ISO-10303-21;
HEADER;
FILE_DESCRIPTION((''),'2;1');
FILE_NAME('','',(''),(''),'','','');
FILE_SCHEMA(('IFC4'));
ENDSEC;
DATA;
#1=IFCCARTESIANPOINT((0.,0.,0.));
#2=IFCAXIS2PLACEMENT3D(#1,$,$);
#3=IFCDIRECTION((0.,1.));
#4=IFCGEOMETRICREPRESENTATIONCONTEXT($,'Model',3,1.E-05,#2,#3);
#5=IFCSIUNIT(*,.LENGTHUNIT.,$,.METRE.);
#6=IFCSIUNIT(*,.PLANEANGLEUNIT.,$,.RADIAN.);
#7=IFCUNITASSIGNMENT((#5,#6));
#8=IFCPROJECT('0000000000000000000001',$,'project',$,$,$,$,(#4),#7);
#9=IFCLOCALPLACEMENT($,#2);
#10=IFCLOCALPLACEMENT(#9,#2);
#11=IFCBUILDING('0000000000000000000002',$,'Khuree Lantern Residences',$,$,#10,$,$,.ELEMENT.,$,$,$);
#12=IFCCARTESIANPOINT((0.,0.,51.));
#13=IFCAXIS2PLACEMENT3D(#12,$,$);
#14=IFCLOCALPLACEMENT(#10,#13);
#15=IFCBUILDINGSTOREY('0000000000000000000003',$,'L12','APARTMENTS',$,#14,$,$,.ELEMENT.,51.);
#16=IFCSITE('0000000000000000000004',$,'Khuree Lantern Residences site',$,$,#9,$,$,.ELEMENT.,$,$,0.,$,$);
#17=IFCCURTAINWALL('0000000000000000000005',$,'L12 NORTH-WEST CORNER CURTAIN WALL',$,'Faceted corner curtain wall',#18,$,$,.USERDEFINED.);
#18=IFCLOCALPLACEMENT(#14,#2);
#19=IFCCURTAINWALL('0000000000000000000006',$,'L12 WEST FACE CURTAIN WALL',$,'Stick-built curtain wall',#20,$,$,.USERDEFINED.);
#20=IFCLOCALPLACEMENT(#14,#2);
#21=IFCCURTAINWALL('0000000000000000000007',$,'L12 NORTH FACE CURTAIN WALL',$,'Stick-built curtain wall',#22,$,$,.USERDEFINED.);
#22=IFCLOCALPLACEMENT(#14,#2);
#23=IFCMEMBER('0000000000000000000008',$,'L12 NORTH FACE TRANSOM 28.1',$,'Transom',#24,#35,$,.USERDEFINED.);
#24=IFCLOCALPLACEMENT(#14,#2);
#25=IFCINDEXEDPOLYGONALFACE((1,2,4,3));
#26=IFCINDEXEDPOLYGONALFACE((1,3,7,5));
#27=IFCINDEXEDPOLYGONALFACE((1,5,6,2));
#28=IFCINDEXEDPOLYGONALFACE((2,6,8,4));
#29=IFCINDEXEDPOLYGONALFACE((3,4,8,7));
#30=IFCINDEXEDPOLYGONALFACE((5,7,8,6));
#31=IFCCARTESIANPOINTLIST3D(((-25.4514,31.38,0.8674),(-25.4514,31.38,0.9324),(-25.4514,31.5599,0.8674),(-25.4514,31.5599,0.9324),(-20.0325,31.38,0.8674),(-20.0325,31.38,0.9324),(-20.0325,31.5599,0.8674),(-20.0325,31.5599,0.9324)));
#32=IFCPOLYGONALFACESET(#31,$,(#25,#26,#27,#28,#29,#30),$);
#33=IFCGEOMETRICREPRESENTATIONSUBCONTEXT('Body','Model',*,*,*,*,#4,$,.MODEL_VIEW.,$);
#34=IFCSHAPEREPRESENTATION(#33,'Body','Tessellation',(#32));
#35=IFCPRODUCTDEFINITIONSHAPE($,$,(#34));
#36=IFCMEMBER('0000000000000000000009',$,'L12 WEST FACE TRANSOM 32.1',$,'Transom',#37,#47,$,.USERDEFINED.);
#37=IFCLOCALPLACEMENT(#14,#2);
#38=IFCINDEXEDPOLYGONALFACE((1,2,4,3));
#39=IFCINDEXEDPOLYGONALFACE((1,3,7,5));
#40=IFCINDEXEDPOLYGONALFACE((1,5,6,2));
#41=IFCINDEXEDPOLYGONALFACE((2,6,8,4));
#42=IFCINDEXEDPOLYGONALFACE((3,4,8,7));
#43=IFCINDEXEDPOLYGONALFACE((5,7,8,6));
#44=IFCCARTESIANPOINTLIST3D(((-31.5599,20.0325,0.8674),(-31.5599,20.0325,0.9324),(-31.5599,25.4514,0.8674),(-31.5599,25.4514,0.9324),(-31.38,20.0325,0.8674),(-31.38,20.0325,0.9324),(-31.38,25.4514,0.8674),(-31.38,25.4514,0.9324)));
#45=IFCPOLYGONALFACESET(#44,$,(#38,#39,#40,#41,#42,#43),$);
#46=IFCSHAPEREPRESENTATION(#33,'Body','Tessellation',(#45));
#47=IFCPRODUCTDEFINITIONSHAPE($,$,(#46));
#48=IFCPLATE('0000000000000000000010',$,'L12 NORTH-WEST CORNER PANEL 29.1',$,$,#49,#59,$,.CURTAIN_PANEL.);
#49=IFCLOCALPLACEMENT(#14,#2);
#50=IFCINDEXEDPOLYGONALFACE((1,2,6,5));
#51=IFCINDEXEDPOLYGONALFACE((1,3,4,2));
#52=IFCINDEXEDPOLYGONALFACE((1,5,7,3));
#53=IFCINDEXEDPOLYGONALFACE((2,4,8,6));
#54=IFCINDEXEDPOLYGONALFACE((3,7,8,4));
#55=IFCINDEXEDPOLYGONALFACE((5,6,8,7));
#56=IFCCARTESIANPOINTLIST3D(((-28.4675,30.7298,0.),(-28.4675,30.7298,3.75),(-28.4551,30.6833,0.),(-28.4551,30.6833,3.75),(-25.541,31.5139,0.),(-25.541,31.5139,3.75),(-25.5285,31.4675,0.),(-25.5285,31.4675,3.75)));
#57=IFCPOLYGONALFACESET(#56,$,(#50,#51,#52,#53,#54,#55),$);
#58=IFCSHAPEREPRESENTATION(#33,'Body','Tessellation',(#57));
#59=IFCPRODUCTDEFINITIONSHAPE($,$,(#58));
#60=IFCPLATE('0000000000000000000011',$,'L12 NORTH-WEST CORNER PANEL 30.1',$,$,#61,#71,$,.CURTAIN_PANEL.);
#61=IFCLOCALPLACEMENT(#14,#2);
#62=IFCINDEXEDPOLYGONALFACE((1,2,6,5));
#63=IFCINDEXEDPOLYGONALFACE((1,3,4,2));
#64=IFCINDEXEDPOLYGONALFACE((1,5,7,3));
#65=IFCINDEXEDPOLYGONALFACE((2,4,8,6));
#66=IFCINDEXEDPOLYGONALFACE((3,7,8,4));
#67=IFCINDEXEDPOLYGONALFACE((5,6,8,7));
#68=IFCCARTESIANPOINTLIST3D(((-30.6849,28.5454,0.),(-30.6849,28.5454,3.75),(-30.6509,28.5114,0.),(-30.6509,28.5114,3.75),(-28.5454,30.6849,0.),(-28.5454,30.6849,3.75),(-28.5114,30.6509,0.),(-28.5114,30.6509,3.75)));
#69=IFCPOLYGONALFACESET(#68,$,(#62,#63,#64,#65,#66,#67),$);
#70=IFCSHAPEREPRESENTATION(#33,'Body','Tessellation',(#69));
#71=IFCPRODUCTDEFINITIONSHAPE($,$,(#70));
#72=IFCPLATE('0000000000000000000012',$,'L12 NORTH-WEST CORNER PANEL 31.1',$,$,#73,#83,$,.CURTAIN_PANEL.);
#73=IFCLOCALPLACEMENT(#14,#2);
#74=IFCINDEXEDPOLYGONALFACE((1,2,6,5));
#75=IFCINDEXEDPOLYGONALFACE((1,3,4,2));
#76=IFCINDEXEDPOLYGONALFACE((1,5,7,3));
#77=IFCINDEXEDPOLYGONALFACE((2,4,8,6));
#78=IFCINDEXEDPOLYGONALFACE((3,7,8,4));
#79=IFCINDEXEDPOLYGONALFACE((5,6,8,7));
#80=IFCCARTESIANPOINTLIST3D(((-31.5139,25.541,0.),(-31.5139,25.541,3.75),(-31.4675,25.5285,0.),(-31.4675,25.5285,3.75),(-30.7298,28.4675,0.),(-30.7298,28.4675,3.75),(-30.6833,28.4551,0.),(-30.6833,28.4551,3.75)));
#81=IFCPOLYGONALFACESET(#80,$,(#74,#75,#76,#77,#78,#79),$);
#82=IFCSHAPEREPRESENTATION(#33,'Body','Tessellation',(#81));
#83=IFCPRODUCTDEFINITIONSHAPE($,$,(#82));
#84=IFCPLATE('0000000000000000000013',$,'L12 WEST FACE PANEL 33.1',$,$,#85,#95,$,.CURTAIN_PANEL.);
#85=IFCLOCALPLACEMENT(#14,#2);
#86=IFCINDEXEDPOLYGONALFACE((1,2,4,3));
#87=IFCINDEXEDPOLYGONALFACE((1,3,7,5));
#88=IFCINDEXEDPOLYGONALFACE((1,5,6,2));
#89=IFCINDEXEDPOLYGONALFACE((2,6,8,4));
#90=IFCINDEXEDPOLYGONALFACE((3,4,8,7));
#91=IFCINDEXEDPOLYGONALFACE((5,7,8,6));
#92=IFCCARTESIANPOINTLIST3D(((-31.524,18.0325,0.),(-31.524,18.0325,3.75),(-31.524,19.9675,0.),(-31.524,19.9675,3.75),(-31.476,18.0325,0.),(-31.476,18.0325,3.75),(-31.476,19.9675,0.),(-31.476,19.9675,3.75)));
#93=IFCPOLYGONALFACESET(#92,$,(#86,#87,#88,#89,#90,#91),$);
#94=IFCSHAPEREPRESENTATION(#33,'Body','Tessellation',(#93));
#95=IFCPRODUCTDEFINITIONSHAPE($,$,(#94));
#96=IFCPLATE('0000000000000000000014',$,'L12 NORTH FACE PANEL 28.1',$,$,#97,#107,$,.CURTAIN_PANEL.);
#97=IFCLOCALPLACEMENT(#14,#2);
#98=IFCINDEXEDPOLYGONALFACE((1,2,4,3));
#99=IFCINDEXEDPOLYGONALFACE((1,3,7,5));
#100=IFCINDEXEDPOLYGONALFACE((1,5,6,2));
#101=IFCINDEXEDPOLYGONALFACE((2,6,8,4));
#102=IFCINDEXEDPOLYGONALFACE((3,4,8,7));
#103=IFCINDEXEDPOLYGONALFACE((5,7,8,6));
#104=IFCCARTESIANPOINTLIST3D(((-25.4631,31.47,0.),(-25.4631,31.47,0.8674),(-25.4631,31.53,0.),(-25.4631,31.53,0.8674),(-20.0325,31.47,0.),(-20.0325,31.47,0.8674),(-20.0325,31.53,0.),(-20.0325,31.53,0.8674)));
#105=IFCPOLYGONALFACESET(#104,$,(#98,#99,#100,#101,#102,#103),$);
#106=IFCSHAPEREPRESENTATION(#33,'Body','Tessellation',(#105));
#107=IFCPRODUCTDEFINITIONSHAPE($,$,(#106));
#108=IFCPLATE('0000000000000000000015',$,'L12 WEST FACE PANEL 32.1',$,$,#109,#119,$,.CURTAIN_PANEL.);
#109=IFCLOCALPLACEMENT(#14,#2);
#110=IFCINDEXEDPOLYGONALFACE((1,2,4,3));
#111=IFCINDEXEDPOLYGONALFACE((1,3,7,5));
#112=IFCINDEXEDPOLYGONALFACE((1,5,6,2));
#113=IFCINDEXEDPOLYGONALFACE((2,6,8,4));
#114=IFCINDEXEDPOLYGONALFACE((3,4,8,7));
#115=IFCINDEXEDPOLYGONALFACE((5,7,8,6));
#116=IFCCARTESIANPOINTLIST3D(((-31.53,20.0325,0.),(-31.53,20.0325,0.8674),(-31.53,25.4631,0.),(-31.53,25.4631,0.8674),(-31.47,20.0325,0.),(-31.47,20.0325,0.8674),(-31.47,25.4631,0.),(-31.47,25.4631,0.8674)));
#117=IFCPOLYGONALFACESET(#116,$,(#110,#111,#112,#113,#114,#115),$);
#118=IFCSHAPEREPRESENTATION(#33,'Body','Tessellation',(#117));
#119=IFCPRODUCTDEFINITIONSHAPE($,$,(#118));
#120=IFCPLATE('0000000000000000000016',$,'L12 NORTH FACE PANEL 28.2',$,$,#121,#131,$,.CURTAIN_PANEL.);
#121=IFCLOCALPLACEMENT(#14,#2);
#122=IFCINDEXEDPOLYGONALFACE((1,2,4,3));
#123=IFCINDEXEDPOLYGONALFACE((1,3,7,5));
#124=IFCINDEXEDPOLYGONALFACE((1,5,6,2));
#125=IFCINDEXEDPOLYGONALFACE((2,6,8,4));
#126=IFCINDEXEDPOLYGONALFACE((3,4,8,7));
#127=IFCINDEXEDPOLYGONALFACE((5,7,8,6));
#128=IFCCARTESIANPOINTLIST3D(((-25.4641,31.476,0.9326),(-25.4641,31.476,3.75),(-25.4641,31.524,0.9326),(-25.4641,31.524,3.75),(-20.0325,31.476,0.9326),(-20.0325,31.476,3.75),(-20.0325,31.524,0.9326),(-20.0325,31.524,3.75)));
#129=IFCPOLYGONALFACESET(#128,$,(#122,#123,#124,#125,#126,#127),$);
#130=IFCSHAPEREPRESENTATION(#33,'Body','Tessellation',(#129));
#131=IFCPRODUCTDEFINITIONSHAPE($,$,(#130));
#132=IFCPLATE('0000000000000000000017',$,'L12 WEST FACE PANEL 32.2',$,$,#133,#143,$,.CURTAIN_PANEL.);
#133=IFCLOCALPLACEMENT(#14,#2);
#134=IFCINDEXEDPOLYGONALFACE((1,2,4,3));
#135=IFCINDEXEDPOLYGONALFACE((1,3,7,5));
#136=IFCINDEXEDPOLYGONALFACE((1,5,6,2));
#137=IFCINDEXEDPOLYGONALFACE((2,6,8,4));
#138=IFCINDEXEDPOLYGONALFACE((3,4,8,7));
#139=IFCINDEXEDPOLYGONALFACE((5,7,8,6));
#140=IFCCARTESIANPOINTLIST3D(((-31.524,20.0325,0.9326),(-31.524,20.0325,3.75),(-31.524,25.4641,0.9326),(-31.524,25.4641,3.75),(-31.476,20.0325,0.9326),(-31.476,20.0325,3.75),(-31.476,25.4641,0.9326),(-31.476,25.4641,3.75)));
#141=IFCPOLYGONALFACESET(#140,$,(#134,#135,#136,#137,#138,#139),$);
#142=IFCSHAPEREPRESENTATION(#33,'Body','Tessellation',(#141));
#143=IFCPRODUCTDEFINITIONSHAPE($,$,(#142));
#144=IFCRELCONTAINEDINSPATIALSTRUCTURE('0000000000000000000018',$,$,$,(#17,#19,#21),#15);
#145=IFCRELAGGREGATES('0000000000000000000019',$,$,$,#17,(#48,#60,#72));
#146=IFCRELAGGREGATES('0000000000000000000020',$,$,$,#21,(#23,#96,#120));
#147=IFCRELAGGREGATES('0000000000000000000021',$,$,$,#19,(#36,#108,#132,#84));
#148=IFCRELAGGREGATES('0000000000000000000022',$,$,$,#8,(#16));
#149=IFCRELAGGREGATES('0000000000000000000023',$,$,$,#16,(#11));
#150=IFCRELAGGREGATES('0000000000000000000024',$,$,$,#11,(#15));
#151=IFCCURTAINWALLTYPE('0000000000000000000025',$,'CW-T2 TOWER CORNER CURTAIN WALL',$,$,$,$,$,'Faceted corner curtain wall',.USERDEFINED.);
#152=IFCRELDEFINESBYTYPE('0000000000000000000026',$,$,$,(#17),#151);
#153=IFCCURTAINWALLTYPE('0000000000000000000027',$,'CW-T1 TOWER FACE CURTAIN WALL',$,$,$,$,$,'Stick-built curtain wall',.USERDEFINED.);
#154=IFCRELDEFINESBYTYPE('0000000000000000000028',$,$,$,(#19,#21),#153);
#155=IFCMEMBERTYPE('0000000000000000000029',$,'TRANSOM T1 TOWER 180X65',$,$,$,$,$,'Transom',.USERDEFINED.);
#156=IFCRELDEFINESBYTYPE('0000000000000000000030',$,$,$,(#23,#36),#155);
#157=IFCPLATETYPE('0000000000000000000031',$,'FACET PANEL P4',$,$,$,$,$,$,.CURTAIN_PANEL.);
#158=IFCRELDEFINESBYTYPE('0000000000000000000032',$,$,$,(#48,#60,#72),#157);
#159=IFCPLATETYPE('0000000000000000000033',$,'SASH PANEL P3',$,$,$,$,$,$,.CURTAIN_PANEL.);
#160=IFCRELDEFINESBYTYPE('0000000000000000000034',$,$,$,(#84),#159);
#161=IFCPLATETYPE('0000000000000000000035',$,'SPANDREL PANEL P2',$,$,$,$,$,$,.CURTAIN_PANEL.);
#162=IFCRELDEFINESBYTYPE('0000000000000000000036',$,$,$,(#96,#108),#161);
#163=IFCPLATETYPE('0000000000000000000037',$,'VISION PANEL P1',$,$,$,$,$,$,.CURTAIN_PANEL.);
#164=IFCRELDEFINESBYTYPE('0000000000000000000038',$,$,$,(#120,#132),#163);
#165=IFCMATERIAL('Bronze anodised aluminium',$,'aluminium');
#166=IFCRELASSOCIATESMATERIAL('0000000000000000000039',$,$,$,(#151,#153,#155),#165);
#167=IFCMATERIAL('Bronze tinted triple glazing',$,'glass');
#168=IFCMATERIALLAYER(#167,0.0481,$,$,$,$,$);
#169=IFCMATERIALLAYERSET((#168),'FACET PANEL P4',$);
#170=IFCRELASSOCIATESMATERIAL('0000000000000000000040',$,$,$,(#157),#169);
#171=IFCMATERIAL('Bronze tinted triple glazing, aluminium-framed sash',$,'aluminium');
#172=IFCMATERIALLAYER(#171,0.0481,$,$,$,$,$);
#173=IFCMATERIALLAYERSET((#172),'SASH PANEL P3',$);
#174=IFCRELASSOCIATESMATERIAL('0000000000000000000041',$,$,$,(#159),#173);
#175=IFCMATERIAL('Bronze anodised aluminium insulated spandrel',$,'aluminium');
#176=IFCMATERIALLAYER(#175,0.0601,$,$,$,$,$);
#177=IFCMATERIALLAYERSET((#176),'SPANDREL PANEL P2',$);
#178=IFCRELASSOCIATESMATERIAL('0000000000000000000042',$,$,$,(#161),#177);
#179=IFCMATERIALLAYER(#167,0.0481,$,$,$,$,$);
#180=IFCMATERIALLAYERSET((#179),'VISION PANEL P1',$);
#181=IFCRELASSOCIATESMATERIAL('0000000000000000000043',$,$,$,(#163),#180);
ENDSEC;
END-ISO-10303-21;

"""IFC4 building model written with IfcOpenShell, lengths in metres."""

from ifc_helpers import new_model, si_unit, direction, frame, origin, origin_2d, place, context, subcontext, project, spatial, rectangle, extrude, material, layer, layer_set, material_profile, profile_set, type_object, element, aggregate, save


model = new_model("IFC4")

# Units and contexts
model_context = context("Model", 3, precision=1e-05, world=origin(), true_north=direction((0.0, 1.0)))
body_context = subcontext(model_context, "Body", "Model", "MODEL_VIEW")
ifc_project = project(units=[si_unit("LENGTHUNIT", "METRE"), si_unit("PLANEANGLEUNIT", "RADIAN")], contexts=[model_context])

# Site, building, storey
site_placement = place(None, origin())
site = spatial("IfcSite", under=ifc_project, at=site_placement, Name="Khuree Lantern Residences site", CompositionType="ELEMENT", RefElevation=0.0)
building_placement = place(site_placement, origin())
building = spatial("IfcBuilding", under=site, at=building_placement, Name="Khuree Lantern Residences", CompositionType="ELEMENT")
storey_placement = place(building_placement, frame((0.0, 0.0, 51.0)))
storey = spatial("IfcBuildingStorey", under=building, at=storey_placement, Name="L12", Description="APARTMENTS", CompositionType="ELEMENT", Elevation=51.0)

# Curtain wall
ifc_material_1 = material(Name="Bronze anodised aluminium", Category="aluminium")
curtain_wall_type_1 = type_object("IfcCurtainWallType", Name="CW-T2 TOWER CORNER CURTAIN WALL", ElementType="Faceted corner curtain wall", PredefinedType="USERDEFINED", material=ifc_material_1)
curtain_wall_1_placement = place(storey_placement, origin())
curtain_wall_1 = element("IfcCurtainWall", 1, at=curtain_wall_1_placement, inside=storey, type_object=curtain_wall_type_1, Name="L12 NORTH-WEST CORNER CURTAIN WALL", ObjectType="Faceted corner curtain wall", PredefinedType="USERDEFINED")

# Curtain wall
curtain_wall_type_2 = type_object("IfcCurtainWallType", Name="CW-T1 TOWER FACE CURTAIN WALL", ElementType="Stick-built curtain wall", PredefinedType="USERDEFINED", material=ifc_material_1)
curtain_wall_2_placement = place(storey_placement, origin())
curtain_wall_2 = element("IfcCurtainWall", 2, at=curtain_wall_2_placement, inside=storey, type_object=curtain_wall_type_2, Name="L12 WEST FACE CURTAIN WALL", ObjectType="Stick-built curtain wall", PredefinedType="USERDEFINED")

# Curtain wall, member
curtain_wall_3_placement = place(storey_placement, origin())
curtain_wall_3 = element("IfcCurtainWall", 3, at=curtain_wall_3_placement, inside=storey, type_object=curtain_wall_type_2, Name="L12 NORTH FACE CURTAIN WALL", ObjectType="Stick-built curtain wall", PredefinedType="USERDEFINED")
ifc_material_profile_1 = material_profile(ifc_material_1, rectangle(XDim=0.1799, YDim=0.0649, at=origin_2d()), Name="T1 180X65")
ifc_profile_set_1 = profile_set([ifc_material_profile_1], Name="Bronze anodised aluminium")
member_type_1 = type_object("IfcMemberType", Name="TRANSOM T1 TOWER 180X65", ElementType="Transom", PredefinedType="USERDEFINED", material=ifc_profile_set_1)
member_1_placement = place(storey_placement, frame((-20.0325, 31.47, 0.8999), z_axis=(-1.0, 0.0, 0.0), x_axis=(0.0, -1.0, 0.0)))
member_1 = element("IfcMember", 4, at=member_1_placement, type_object=member_type_1, Name="L12 NORTH FACE TRANSOM 28.1", ObjectType="Transom", PredefinedType="USERDEFINED", context=body_context, shape_type="SweptSolid", body=[
    extrude(rectangle(XDim=0.1799, YDim=0.0649, at=origin_2d()), origin(), (0.0, 0.0, 1.0), 5.4189),
])

# Member
member_2_placement = place(storey_placement, frame((-31.47, 25.4514, 0.8999), z_axis=(0.0, -1.0, 0.0), x_axis=(1.0, 0.0, 0.0)))
member_2 = element("IfcMember", 5, at=member_2_placement, type_object=member_type_1, Name="L12 WEST FACE TRANSOM 32.1", ObjectType="Transom", PredefinedType="USERDEFINED", context=body_context, shape_type="SweptSolid", body=[
    extrude(rectangle(XDim=0.1799, YDim=0.0649, at=origin_2d()), origin(), (0.0, 0.0, 1.0), 5.4189),
])

# Plates
ifc_material_2 = material(Name="Bronze tinted triple glazing", Category="glass")
ifc_layer_1 = layer(ifc_material_2, 0.0481)
ifc_layer_set_1 = layer_set([ifc_layer_1], Name="FACET PANEL P4")
plate_type_1 = type_object("IfcPlateType", Name="FACET PANEL P4", PredefinedType="CURTAIN_PANEL", material=ifc_layer_set_1)
plate_1_placement = place(storey_placement, frame((-26.998, 31.0986, 0.0), z_axis=(0.0, 0.0, 1.0), x_axis=(-0.965926, -0.258819, 0.0)))
plate_1 = element("IfcPlate", 6, at=plate_1_placement, type_object=plate_type_1, Name="L12 NORTH-WEST CORNER PANEL 29.1", PredefinedType="CURTAIN_PANEL", context=body_context, shape_type="SweptSolid", body=[
    extrude(rectangle(XDim=3.0298, YDim=0.0481, at=origin_2d()), origin(), (0.0, 0.0, 1.0), 3.75),
])
plate_2_placement = place(storey_placement, frame((-29.5981, 29.5981, 0.0), z_axis=(0.0, 0.0, 1.0), x_axis=(-0.707107, -0.707107, 0.0)))
plate_2 = element("IfcPlate", 7, at=plate_2_placement, type_object=plate_type_1, Name="L12 NORTH-WEST CORNER PANEL 30.1", PredefinedType="CURTAIN_PANEL", context=body_context, shape_type="SweptSolid", body=[
    extrude(rectangle(XDim=3.0256, YDim=0.0481, at=origin_2d()), origin(), (0.0, 0.0, 1.0), 3.75),
])
plate_3_placement = place(storey_placement, frame((-31.0986, 26.998, 0.0), z_axis=(0.0, 0.0, 1.0), x_axis=(-0.258819, -0.965926, 0.0)))
plate_3 = element("IfcPlate", 8, at=plate_3_placement, type_object=plate_type_1, Name="L12 NORTH-WEST CORNER PANEL 31.1", PredefinedType="CURTAIN_PANEL", context=body_context, shape_type="SweptSolid", body=[
    extrude(rectangle(XDim=3.0298, YDim=0.0481, at=origin_2d()), origin(), (0.0, 0.0, 1.0), 3.75),
])
aggregate(curtain_wall_1, [plate_1, plate_2, plate_3])
ifc_material_3 = material(Name="Bronze tinted triple glazing, aluminium-framed sash", Category="aluminium")
ifc_layer_2 = layer(ifc_material_3, 0.0481)
ifc_layer_set_2 = layer_set([ifc_layer_2], Name="SASH PANEL P3")
plate_type_2 = type_object("IfcPlateType", Name="SASH PANEL P3", PredefinedType="CURTAIN_PANEL", material=ifc_layer_set_2)
plate_4_placement = place(storey_placement, frame((-31.5, 19.0, 0.0), z_axis=(0.0, 0.0, 1.0), x_axis=(0.0, -1.0, 0.0)))
plate_4 = element("IfcPlate", 9, at=plate_4_placement, type_object=plate_type_2, Name="L12 WEST FACE PANEL 33.1", PredefinedType="CURTAIN_PANEL", context=body_context, shape_type="SweptSolid", body=[
    extrude(rectangle(XDim=1.9351, YDim=0.0481, at=origin_2d()), origin(), (0.0, 0.0, 1.0), 3.75),
])
ifc_material_4 = material(Name="Bronze anodised aluminium insulated spandrel", Category="aluminium")
ifc_layer_3 = layer(ifc_material_4, 0.0601)
ifc_layer_set_3 = layer_set([ifc_layer_3], Name="SPANDREL PANEL P2")
plate_type_3 = type_object("IfcPlateType", Name="SPANDREL PANEL P2", PredefinedType="CURTAIN_PANEL", material=ifc_layer_set_3)
plate_5_placement = place(storey_placement, frame((-22.7478, 31.5, 0.0), z_axis=(0.0, 0.0, 1.0), x_axis=(-1.0, 0.0, 0.0)))
plate_5 = element("IfcPlate", 10, at=plate_5_placement, type_object=plate_type_3, Name="L12 NORTH FACE PANEL 28.1", PredefinedType="CURTAIN_PANEL", context=body_context, shape_type="SweptSolid", body=[
    extrude(rectangle(XDim=5.4307, YDim=0.0601, at=origin_2d()), origin(), (0.0, 0.0, 1.0), 0.8674),
])
plate_6_placement = place(storey_placement, frame((-31.5, 22.7478, 0.0), z_axis=(0.0, 0.0, 1.0), x_axis=(0.0, -1.0, 0.0)))
plate_6 = element("IfcPlate", 11, at=plate_6_placement, type_object=plate_type_3, Name="L12 WEST FACE PANEL 32.1", PredefinedType="CURTAIN_PANEL", context=body_context, shape_type="SweptSolid", body=[
    extrude(rectangle(XDim=5.4307, YDim=0.0601, at=origin_2d()), origin(), (0.0, 0.0, 1.0), 0.8674),
])
ifc_layer_4 = layer(ifc_material_2, 0.0481)
ifc_layer_set_4 = layer_set([ifc_layer_4], Name="VISION PANEL P1")
plate_type_4 = type_object("IfcPlateType", Name="VISION PANEL P1", PredefinedType="CURTAIN_PANEL", material=ifc_layer_set_4)
plate_7_placement = place(storey_placement, frame((-22.7483, 31.5, 0.9326), z_axis=(0.0, 0.0, 1.0), x_axis=(-1.0, 0.0, 0.0)))
plate_7 = element("IfcPlate", 12, at=plate_7_placement, type_object=plate_type_4, Name="L12 NORTH FACE PANEL 28.2", PredefinedType="CURTAIN_PANEL", context=body_context, shape_type="SweptSolid", body=[
    extrude(rectangle(XDim=5.4316, YDim=0.0481, at=origin_2d()), origin(), (0.0, 0.0, 1.0), 2.8174),
])
aggregate(curtain_wall_3, [member_1, plate_5, plate_7])
plate_8_placement = place(storey_placement, frame((-31.5, 22.7483, 0.9326), z_axis=(0.0, 0.0, 1.0), x_axis=(0.0, -1.0, 0.0)))
plate_8 = element("IfcPlate", 13, at=plate_8_placement, type_object=plate_type_4, Name="L12 WEST FACE PANEL 32.2", PredefinedType="CURTAIN_PANEL", context=body_context, shape_type="SweptSolid", body=[
    extrude(rectangle(XDim=5.4316, YDim=0.0481, at=origin_2d()), origin(), (0.0, 0.0, 1.0), 2.8174),
])
aggregate(curtain_wall_2, [member_2, plate_6, plate_8, plate_4])

save(model, "model.ifc")
